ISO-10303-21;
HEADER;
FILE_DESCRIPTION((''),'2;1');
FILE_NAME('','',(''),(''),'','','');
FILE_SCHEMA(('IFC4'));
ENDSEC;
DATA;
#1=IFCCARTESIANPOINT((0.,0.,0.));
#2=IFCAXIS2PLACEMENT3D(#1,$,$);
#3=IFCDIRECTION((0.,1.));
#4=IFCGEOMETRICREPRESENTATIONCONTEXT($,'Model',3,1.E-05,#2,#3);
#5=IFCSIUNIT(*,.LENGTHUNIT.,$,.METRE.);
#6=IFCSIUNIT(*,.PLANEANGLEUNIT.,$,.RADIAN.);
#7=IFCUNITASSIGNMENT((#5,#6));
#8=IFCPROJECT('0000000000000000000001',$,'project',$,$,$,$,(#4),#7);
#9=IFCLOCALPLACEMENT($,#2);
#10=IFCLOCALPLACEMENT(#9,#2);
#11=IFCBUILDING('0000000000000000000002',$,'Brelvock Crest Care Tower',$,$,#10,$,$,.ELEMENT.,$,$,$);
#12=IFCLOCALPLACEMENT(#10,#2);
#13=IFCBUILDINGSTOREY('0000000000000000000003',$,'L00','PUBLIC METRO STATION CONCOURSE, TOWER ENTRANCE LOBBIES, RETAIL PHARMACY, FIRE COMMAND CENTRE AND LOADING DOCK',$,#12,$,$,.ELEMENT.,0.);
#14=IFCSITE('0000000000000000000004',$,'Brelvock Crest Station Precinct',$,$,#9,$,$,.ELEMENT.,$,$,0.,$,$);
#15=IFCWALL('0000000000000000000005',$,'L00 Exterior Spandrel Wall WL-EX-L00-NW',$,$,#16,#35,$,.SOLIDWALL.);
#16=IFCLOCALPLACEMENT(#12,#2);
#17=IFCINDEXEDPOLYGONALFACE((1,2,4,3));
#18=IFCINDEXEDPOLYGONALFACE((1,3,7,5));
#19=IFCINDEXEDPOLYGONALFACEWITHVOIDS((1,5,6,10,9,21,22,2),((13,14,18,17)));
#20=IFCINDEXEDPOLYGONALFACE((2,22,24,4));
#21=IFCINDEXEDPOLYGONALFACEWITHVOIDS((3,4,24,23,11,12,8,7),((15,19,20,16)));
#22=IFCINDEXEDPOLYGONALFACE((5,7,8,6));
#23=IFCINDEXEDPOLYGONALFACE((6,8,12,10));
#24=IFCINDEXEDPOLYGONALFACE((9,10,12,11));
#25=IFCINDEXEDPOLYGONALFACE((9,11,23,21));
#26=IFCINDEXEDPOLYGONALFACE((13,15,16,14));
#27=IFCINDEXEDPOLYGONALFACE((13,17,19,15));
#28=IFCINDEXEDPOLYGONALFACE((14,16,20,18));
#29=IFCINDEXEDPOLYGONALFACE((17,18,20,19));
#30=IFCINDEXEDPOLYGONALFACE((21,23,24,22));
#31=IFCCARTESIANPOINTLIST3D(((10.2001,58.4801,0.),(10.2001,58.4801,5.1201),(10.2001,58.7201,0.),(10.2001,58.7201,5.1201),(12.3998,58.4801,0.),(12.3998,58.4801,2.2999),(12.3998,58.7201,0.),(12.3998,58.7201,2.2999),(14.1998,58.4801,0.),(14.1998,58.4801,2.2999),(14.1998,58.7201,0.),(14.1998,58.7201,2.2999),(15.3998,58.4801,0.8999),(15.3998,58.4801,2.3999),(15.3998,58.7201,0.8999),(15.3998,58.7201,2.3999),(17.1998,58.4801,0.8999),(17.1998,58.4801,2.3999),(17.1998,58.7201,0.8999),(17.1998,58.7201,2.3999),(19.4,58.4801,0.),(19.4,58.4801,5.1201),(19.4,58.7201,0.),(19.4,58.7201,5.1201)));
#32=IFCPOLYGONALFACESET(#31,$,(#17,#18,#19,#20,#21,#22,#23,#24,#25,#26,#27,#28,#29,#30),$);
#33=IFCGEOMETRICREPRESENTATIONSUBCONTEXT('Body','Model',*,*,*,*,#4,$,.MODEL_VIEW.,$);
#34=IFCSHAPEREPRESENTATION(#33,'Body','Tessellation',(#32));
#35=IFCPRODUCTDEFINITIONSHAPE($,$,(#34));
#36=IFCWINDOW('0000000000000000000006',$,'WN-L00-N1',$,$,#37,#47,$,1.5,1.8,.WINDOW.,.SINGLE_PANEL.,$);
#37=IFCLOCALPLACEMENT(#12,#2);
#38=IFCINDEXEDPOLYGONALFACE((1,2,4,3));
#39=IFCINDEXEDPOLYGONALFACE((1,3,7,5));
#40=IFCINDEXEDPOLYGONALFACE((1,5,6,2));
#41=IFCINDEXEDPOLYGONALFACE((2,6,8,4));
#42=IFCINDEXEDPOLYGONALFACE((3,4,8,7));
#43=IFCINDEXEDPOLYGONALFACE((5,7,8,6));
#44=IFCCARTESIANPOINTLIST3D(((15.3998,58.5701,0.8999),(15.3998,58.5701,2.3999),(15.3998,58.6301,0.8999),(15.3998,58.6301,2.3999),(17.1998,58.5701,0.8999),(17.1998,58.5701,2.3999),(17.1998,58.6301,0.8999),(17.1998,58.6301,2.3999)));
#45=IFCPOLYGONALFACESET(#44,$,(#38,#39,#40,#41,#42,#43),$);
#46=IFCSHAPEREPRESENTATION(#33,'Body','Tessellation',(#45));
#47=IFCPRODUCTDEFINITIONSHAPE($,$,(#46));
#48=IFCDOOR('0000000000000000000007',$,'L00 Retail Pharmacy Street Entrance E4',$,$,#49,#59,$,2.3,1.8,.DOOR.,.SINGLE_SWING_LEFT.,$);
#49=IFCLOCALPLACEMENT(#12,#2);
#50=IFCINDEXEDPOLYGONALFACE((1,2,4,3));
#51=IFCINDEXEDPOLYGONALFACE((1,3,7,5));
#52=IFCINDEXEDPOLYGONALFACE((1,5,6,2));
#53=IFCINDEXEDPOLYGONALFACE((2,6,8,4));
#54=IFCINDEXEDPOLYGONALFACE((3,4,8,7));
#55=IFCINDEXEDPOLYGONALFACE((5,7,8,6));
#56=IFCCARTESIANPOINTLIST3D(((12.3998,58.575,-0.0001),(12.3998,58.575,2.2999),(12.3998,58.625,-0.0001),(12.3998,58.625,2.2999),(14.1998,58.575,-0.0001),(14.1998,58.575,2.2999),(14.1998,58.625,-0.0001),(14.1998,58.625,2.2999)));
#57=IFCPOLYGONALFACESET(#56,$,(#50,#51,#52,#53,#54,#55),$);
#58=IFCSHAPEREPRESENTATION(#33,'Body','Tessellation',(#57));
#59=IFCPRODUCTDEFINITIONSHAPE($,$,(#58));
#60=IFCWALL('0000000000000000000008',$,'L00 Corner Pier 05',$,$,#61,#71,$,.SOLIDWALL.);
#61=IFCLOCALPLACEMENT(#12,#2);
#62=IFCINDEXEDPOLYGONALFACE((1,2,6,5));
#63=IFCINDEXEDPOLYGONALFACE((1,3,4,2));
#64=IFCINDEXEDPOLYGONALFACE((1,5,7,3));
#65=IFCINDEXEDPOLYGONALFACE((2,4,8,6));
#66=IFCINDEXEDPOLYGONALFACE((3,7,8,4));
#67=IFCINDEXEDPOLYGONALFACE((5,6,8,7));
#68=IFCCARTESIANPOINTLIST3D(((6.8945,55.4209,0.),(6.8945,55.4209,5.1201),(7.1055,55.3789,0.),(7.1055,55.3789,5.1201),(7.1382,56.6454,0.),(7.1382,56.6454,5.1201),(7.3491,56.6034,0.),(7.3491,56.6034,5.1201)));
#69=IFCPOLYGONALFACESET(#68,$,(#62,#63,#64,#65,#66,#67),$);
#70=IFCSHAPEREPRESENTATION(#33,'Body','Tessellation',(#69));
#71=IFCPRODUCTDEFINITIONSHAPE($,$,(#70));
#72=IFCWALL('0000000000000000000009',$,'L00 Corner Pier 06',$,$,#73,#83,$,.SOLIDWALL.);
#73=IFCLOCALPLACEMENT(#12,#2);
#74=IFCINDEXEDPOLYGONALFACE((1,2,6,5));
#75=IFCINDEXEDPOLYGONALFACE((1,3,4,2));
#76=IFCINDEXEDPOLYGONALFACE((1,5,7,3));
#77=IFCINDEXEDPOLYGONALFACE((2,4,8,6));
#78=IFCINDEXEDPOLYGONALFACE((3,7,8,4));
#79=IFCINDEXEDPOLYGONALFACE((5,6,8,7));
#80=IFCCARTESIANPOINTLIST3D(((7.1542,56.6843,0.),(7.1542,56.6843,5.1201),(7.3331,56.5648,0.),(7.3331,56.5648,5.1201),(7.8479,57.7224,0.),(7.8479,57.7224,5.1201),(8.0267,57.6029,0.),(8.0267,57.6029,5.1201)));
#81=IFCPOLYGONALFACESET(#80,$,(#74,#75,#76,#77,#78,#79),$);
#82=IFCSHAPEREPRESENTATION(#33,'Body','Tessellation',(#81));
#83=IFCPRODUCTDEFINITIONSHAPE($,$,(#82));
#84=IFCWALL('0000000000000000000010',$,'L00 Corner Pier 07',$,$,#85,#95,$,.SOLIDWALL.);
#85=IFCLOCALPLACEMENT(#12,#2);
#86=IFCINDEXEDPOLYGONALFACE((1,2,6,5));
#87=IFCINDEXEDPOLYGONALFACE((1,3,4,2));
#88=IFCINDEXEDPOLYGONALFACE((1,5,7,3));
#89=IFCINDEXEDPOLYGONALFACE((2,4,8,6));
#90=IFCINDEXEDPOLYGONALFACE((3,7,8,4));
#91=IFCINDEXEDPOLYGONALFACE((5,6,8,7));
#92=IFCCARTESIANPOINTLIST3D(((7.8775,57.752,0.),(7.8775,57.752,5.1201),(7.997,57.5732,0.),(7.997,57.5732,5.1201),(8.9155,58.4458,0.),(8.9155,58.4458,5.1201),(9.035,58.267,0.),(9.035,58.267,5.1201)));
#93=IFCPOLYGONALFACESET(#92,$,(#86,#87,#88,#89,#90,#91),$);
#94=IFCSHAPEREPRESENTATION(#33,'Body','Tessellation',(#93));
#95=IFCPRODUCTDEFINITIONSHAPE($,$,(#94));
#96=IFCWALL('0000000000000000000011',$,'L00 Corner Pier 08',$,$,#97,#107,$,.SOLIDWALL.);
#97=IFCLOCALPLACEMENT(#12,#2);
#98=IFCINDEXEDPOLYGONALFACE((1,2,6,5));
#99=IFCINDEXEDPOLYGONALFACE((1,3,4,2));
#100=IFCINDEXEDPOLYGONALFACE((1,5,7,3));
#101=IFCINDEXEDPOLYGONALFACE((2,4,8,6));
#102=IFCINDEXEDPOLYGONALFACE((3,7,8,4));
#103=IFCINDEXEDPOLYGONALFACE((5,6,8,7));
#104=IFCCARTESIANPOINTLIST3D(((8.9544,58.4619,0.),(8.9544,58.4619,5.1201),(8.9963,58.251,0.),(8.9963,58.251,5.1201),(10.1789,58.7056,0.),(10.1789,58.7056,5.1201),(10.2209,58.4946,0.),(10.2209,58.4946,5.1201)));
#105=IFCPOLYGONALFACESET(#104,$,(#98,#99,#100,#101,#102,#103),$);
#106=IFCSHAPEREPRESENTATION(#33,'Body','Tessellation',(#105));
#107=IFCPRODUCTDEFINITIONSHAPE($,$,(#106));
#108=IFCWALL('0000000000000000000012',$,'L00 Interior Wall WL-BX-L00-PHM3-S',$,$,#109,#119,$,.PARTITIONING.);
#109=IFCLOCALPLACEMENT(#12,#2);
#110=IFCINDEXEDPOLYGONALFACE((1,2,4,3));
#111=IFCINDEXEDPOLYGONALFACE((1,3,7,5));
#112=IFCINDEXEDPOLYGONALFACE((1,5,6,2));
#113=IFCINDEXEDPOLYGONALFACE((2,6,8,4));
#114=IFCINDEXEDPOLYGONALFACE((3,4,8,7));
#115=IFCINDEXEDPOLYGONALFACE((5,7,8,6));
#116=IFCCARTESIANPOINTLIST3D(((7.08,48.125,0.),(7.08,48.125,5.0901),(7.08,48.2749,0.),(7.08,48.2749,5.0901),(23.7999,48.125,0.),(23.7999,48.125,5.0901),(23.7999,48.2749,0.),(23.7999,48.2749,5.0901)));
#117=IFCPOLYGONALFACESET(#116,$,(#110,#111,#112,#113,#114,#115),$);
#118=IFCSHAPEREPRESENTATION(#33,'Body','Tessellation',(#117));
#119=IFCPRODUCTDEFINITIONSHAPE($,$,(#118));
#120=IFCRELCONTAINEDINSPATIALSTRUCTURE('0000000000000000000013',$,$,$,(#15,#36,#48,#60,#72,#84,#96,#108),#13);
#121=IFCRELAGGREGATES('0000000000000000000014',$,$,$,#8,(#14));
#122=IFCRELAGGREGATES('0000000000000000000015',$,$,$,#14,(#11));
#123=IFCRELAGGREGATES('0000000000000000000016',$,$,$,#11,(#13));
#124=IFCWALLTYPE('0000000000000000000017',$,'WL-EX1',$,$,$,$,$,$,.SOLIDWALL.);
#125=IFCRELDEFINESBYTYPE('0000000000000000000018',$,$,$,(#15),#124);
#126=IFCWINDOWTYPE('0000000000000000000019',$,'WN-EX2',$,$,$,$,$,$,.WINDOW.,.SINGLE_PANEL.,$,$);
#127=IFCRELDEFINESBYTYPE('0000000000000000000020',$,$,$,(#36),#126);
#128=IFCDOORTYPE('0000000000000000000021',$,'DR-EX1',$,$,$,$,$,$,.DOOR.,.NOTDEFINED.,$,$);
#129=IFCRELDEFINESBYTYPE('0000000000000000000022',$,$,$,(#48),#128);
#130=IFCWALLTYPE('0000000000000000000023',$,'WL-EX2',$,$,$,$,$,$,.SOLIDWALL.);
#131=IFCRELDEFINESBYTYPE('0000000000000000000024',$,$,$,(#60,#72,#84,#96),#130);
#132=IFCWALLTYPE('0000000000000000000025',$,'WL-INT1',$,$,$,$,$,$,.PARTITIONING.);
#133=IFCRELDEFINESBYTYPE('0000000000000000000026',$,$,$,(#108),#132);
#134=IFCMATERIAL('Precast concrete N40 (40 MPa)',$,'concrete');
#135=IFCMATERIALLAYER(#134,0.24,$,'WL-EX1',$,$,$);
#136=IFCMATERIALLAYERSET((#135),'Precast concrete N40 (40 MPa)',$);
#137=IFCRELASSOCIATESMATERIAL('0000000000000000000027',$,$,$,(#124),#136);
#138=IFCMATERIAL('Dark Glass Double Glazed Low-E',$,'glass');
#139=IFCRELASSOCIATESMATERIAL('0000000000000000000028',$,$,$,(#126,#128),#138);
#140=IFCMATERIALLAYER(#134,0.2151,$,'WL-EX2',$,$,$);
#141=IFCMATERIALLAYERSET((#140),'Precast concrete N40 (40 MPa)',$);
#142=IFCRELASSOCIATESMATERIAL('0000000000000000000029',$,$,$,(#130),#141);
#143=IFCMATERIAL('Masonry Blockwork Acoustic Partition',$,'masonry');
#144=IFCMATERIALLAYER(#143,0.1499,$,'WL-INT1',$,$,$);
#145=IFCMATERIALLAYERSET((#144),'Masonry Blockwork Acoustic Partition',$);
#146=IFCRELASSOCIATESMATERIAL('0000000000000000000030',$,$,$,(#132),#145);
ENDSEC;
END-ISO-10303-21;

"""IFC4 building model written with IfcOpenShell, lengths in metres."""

from ifc_helpers import new_model, si_unit, direction, frame, frame_2d, origin, origin_2d, place, context, subcontext, project, spatial, rectangle, extrude, source, transform, mapped, material, layer, layer_set, type_object, element, fill, save


model = new_model("IFC4")

# Units and contexts
model_context = context("Model", 3, precision=1e-05, world=origin(), true_north=direction((0.0, 1.0)))
body_context = subcontext(model_context, "Body", "Model", "MODEL_VIEW")
ifc_project = project(units=[si_unit("LENGTHUNIT", "METRE"), si_unit("PLANEANGLEUNIT", "RADIAN")], contexts=[model_context])

# Site, building, storey
site_placement = place(None, origin())
site = spatial("IfcSite", under=ifc_project, at=site_placement, Name="Brelvock Crest Station Precinct", CompositionType="ELEMENT", RefElevation=0.0)
building_placement = place(site_placement, origin())
building = spatial("IfcBuilding", under=site, at=building_placement, Name="Brelvock Crest Care Tower", CompositionType="ELEMENT")
storey_placement = place(building_placement, origin())
storey = spatial("IfcBuildingStorey", under=building, at=storey_placement, Name="L00", Description="PUBLIC METRO STATION CONCOURSE, TOWER ENTRANCE LOBBIES, RETAIL PHARMACY, FIRE COMMAND CENTRE AND LOADING DOCK", CompositionType="ELEMENT", Elevation=0.0)

# Shared definitions
ifc_material_1 = material(Name="Dark Glass Double Glazed Low-E", Category="glass")

# Wall, openings, window, door
ifc_material_2 = material(Name="Precast concrete N40 (40 MPa)", Category="concrete")
ifc_layer_1 = layer(ifc_material_2, 0.24, Name="WL-EX1")
ifc_layer_set_1 = layer_set([ifc_layer_1], Name="Precast concrete N40 (40 MPa)")
wall_type_1 = type_object("IfcWallType", Name="WL-EX1", PredefinedType="SOLIDWALL", material=ifc_layer_set_1)
wall_1_placement = place(storey_placement, frame((10.2, 58.6001, 0.0), z_axis=(0.0, 0.0, 1.0), x_axis=(1.0, 0.0, 0.0)))
wall_1 = element("IfcWall", 1, at=wall_1_placement, inside=storey, type_object=wall_type_1, Name="L00 Exterior Spandrel Wall WL-EX-L00-NW", PredefinedType="SOLIDWALL", context=body_context, shape_type="SweptSolid", body=[
    extrude(rectangle(XDim=9.2, YDim=0.24, at=frame_2d((4.6001, 0.0))), origin(), (0.0, 0.0, 1.0), 5.1201),
])
opening_1_placement = place(wall_1_placement, frame((2.2, 0.0, 0.0)))
opening_1 = element("IfcOpeningElement", 2, at=opening_1_placement, cuts=wall_1, PredefinedType="OPENING", context=body_context, shape_type="SweptSolid", body=[
    extrude(rectangle(XDim=1.8, YDim=2.3, at=origin_2d()), frame((0.8999, 0.1299, 1.1499), z_axis=(0.0, -1.0, 0.0), x_axis=(1.0, 0.0, 0.0)), (0.0, 0.0, 1.0), 0.26),
])
opening_2_placement = place(wall_1_placement, frame((5.2, 0.0, 0.8999)))
opening_2 = element("IfcOpeningElement", 3, at=opening_2_placement, cuts=wall_1, PredefinedType="OPENING", context=body_context, shape_type="SweptSolid", body=[
    extrude(rectangle(XDim=1.8, YDim=1.5, at=origin_2d()), frame((0.8999, 0.1299, 0.75), z_axis=(0.0, -1.0, 0.0), x_axis=(1.0, 0.0, 0.0)), (0.0, 0.0, 1.0), 0.26),
])
window_type = type_object("IfcWindowType", Name="WN-EX2", PartitioningType="SINGLE_PANEL", PredefinedType="WINDOW", material=ifc_material_1)
shared_shape_1 = source(origin(), body_context, "Body", "SweptSolid", [
    extrude(rectangle(XDim=1.8, YDim=1.5, at=origin_2d()), frame((0.8999, 0.03, 0.75), z_axis=(0.0, -1.0, 0.0), x_axis=(1.0, 0.0, 0.0)), (0.0, 0.0, 1.0), 0.0601),
])
window_placement = place(opening_2_placement, origin())
window = element("IfcWindow", 4, at=window_placement, inside=storey, type_object=window_type, Name="WN-L00-N1", OverallHeight=1.5, OverallWidth=1.8, PartitioningType="SINGLE_PANEL", PredefinedType="WINDOW", context=body_context, shape_type="MappedRepresentation", body=[
    mapped(shared_shape_1, transform((0.0, 0.0, 0.0), x_axis=(1.0, 0.0, 0.0), y_axis=(0.0, 1.0, 0.0), z_axis=(0.0, 0.0, 1.0), scale=1.0)),
])
fill(opening_2, window)
door_type = type_object("IfcDoorType", Name="DR-EX1", OperationType="NOTDEFINED", PredefinedType="DOOR", material=ifc_material_1)
shared_shape_2 = source(origin(), body_context, "Body", "SweptSolid", [
    extrude(rectangle(XDim=1.8, YDim=2.3, at=origin_2d()), frame((0.8999, 0.0249, 1.1499), z_axis=(0.0, -1.0, 0.0), x_axis=(1.0, 0.0, 0.0)), (0.0, 0.0, 1.0), 0.05),
])
door_placement = place(opening_1_placement, origin())
door = element("IfcDoor", 5, at=door_placement, inside=storey, type_object=door_type, Name="L00 Retail Pharmacy Street Entrance E4", OperationType="SINGLE_SWING_LEFT", OverallHeight=2.3, OverallWidth=1.8, PredefinedType="DOOR", context=body_context, shape_type="MappedRepresentation", body=[
    mapped(shared_shape_2, transform((0.0, 0.0, 0.0), x_axis=(1.0, 0.0, 0.0), y_axis=(0.0, 1.0, 0.0), z_axis=(0.0, 0.0, 1.0), scale=1.0)),
])
fill(opening_1, door)

# Walls
ifc_layer_2 = layer(ifc_material_2, 0.2151, Name="WL-EX2")
ifc_layer_set_2 = layer_set([ifc_layer_2], Name="Precast concrete N40 (40 MPa)")
wall_type_2 = type_object("IfcWallType", Name="WL-EX2", PredefinedType="SOLIDWALL", material=ifc_layer_set_2)
for number, where, z_axis, x_axis, name in (
    (6, (7.0, 55.3999, 0.0), (0.0, 0.0, 1.0), (0.195138, 0.980776, 0.0), "L00 Corner Pier 05"),
    (7, (7.2437, 56.6245, 0.0), (0.0, 0.0, 1.0), (0.555557, 0.831478, 0.0), "L00 Corner Pier 06"),
    (8, (7.9373, 57.6626, 0.0), (0.0, 0.0, 1.0), (0.831388, 0.555692, 0.0), "L00 Corner Pier 07"),
    (9, (8.9753, 58.3564, 0.0), (0.0, 0.0, 1.0), (0.980776, 0.195138, 0.0), "L00 Corner Pier 08"),
):
    element("IfcWall", number, at=place(storey_placement, frame(where, z_axis=z_axis, x_axis=x_axis)), inside=storey, type_object=wall_type_2, Name=name, PredefinedType="SOLIDWALL", context=body_context, shape_type="SweptSolid", body=[
        extrude(rectangle(XDim=1.2485, YDim=0.2151, at=frame_2d((0.6243, 0.0))), origin(), (0.0, 0.0, 1.0), 5.1201),
    ])
ifc_material_3 = material(Name="Masonry Blockwork Acoustic Partition", Category="masonry")
ifc_layer_3 = layer(ifc_material_3, 0.1499, Name="WL-INT1")
ifc_layer_set_3 = layer_set([ifc_layer_3], Name="Masonry Blockwork Acoustic Partition")
wall_type_3 = type_object("IfcWallType", Name="WL-INT1", PredefinedType="PARTITIONING", material=ifc_layer_set_3)
wall_2_placement = place(storey_placement, frame((7.0801, 48.2, 0.0), z_axis=(0.0, 0.0, 1.0), x_axis=(1.0, 0.0, 0.0)))
element("IfcWall", 10, at=wall_2_placement, inside=storey, type_object=wall_type_3, Name="L00 Interior Wall WL-BX-L00-PHM3-S", PredefinedType="PARTITIONING", context=body_context, shape_type="SweptSolid", body=[
    extrude(rectangle(XDim=16.72, YDim=0.1499, at=frame_2d((8.3599, 0.0))), origin(), (0.0, 0.0, 1.0), 5.0901),
])

save(model, "model.ifc")
